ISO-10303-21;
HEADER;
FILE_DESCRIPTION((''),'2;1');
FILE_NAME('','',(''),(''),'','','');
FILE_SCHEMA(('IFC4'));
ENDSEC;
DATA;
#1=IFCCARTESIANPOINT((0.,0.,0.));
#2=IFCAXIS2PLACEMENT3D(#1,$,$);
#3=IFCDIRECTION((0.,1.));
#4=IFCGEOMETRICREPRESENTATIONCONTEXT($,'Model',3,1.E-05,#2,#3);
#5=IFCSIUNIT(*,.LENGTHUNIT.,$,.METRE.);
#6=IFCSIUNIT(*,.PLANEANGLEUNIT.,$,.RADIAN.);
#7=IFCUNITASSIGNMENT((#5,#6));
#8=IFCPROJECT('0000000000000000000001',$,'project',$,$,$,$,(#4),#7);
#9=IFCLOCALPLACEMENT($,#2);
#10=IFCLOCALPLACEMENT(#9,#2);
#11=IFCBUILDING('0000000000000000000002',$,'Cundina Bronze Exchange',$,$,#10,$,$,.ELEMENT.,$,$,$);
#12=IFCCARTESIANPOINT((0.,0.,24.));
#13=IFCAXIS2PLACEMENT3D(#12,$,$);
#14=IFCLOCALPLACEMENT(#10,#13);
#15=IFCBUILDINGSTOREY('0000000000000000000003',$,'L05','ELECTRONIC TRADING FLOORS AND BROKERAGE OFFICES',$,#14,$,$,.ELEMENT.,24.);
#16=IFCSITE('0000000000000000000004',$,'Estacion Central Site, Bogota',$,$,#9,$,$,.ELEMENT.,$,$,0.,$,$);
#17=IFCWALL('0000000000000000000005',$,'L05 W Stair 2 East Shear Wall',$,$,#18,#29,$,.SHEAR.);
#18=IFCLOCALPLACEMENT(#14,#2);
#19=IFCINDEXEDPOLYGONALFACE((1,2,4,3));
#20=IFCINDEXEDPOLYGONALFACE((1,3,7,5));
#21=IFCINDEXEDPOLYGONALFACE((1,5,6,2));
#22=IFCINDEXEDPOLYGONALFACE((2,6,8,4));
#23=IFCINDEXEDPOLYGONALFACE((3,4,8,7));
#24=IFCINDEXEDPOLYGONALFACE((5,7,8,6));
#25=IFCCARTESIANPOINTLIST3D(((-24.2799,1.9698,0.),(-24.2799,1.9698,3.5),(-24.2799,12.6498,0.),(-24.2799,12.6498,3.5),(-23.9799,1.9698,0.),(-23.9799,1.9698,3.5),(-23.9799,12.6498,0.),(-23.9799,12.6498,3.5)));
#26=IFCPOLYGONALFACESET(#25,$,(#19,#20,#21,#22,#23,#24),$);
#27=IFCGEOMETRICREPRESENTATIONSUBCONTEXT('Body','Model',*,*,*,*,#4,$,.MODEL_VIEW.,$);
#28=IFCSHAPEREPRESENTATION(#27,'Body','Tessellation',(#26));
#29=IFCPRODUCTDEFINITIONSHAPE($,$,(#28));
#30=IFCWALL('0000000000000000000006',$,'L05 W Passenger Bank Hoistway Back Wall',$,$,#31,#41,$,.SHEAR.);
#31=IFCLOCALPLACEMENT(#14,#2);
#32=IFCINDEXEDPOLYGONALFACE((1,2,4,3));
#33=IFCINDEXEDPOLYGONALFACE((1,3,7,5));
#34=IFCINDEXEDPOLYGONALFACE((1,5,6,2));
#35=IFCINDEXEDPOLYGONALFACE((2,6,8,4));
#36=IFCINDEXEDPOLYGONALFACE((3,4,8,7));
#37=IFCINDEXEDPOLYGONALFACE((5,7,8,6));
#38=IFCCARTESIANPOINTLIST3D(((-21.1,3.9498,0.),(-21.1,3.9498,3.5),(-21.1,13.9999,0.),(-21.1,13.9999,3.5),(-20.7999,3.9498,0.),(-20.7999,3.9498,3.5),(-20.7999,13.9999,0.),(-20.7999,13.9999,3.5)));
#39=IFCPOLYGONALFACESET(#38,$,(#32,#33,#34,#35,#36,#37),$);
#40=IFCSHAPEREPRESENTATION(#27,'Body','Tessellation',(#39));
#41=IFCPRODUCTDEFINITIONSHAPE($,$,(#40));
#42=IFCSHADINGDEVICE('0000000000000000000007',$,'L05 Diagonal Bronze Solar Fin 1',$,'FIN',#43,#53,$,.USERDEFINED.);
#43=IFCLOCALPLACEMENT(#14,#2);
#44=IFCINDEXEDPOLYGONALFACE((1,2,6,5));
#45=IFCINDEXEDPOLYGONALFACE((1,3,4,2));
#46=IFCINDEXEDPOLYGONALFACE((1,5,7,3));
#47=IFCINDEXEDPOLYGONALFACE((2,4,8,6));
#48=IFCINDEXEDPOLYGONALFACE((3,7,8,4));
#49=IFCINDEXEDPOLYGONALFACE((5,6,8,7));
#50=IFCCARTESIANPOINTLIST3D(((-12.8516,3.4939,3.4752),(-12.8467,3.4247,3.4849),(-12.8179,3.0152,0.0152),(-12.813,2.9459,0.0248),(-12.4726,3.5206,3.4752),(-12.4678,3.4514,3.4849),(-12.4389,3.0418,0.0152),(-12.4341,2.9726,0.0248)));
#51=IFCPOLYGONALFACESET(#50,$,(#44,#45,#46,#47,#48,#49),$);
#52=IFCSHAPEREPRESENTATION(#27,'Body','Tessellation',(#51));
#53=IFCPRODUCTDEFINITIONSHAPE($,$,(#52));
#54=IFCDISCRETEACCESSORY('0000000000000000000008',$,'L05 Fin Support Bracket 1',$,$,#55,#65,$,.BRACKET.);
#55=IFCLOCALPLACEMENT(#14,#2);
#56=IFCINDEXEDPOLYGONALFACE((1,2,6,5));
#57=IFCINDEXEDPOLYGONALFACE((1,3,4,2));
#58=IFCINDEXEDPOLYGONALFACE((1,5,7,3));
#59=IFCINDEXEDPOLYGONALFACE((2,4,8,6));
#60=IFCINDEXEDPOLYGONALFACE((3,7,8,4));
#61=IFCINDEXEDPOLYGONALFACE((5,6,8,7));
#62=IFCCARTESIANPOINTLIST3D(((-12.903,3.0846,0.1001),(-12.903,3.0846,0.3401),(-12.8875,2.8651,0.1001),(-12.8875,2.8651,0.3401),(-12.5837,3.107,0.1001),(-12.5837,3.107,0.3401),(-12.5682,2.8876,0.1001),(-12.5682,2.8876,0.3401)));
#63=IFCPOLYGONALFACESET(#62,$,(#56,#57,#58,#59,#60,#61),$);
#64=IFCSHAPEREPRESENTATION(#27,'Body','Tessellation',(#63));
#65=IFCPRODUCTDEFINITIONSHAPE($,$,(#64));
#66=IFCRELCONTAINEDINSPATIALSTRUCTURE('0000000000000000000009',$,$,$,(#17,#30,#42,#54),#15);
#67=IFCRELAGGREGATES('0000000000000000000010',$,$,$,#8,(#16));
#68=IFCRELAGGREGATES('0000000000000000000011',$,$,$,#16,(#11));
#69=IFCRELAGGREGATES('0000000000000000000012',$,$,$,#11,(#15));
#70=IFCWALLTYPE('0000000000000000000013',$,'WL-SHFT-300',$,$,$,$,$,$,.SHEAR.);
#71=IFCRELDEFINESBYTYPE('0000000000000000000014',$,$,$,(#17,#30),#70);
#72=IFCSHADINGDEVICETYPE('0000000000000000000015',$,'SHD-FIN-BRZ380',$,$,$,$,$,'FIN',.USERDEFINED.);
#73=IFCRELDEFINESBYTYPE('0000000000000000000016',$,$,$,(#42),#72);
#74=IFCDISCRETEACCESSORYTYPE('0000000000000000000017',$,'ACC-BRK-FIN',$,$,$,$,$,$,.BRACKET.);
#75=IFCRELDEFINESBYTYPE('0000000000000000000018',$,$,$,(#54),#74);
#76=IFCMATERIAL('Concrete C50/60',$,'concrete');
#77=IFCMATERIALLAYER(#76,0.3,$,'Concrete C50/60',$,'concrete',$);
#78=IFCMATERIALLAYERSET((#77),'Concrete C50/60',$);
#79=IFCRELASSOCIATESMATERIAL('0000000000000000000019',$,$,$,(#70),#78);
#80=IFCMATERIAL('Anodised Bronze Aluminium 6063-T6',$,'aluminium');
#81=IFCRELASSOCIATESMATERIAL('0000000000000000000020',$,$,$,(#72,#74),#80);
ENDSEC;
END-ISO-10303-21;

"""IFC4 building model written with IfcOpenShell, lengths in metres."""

from ifc_helpers import new_model, si_unit, direction, frame, frame_2d, origin, origin_2d, place, context, subcontext, project, spatial, rectangle, extrude, material, layer, layer_set, material_profile, profile_set, type_object, element, save


model = new_model("IFC4")

# Units and contexts
model_context = context("Model", 3, precision=1e-05, world=origin(), true_north=direction((0.0, 1.0)))
body_context = subcontext(model_context, "Body", "Model", "MODEL_VIEW")
ifc_project = project(units=[si_unit("LENGTHUNIT", "METRE"), si_unit("PLANEANGLEUNIT", "RADIAN")], contexts=[model_context])

# Site, building, storey
site_placement = place(None, origin())
site = spatial("IfcSite", under=ifc_project, at=site_placement, Name="Estacion Central Site, Bogota", CompositionType="ELEMENT", RefElevation=0.0)
building_placement = place(site_placement, origin())
building = spatial("IfcBuilding", under=site, at=building_placement, Name="Cundina Bronze Exchange", CompositionType="ELEMENT")
storey_placement = place(building_placement, frame((0.0, 0.0, 24.0)))
storey = spatial("IfcBuildingStorey", under=building, at=storey_placement, Name="L05", Description="ELECTRONIC TRADING FLOORS AND BROKERAGE OFFICES", CompositionType="ELEMENT", Elevation=24.0)

# Shared definitions
ifc_material_1 = material(Name="Anodised Bronze Aluminium 6063-T6", Category="aluminium")

# Shared definitions
ifc_material_2 = material(Name="Concrete C50/60", Category="concrete")

# Walls
ifc_layer_1 = layer(ifc_material_2, 0.3, Name="Concrete C50/60", Category="concrete")
ifc_layer_set_1 = layer_set([ifc_layer_1], Name="Concrete C50/60")
wall_type_1 = type_object("IfcWallType", Name="WL-SHFT-300", PredefinedType="SHEAR", material=ifc_layer_set_1)
for number, where, z_axis, x_axis, name in (
    (1, (-24.1299, 1.97, 0.0), (0.0, 0.0, 1.0), (0.0, 1.0, 0.0), "L05 W Stair 2 East Shear Wall"),
):
    element("IfcWall", number, at=place(storey_placement, frame(where, z_axis=z_axis, x_axis=x_axis)), inside=storey, type_object=wall_type_1, Name=name, PredefinedType="SHEAR", context=body_context, shape_type="SweptSolid", body=[
        extrude(rectangle(XDim=10.6799, YDim=0.3, at=frame_2d((5.3398, 0.0))), origin(), (0.0, 0.0, 1.0), 3.5),
    ])
wall_1_placement = place(storey_placement, frame((-20.95, 3.95, 0.0), z_axis=(0.0, 0.0, 1.0), x_axis=(0.0, 1.0, 0.0)))
element("IfcWall", 2, at=wall_1_placement, inside=storey, type_object=wall_type_1, Name="L05 W Passenger Bank Hoistway Back Wall", PredefinedType="SHEAR", context=body_context, shape_type="SweptSolid", body=[
    extrude(rectangle(XDim=10.05, YDim=0.3, at=frame_2d((5.0249, 0.0))), origin(), (0.0, 0.0, 1.0), 3.5),
])

# Shading device
ifc_material_profile_1 = material_profile(ifc_material_1, rectangle(XDim=0.0701, YDim=0.3799, at=origin_2d()), Name="FIN70X380", Category="aluminium")
ifc_profile_set_1 = profile_set([ifc_material_profile_1], Name="Anodised Bronze Aluminium 6063-T6")
shading_device_type = type_object("IfcShadingDeviceType", Name="SHD-FIN-BRZ380", ElementType="FIN", PredefinedType="USERDEFINED", material=ifc_profile_set_1)
shading_device_placement = place(storey_placement, frame((-12.626, 2.9939, 0.02), z_axis=(-0.009645, 0.137059, 0.990516), x_axis=(0.069533, -0.988072, 0.137398)))
element("IfcShadingDevice", 3, at=shading_device_placement, inside=storey, type_object=shading_device_type, Name="L05 Diagonal Bronze Solar Fin 1", ObjectType="FIN", PredefinedType="USERDEFINED", context=body_context, shape_type="SweptSolid", body=[
    extrude(rectangle(XDim=0.0701, YDim=0.3799, at=origin_2d()), origin(), (0.0, 0.0, 1.0), 3.4932),
])

# Discrete accessory
discrete_accessory_type = type_object("IfcDiscreteAccessoryType", Name="ACC-BRK-FIN", PredefinedType="BRACKET", material=ifc_material_1)
discrete_accessory_placement = place(storey_placement, frame((-12.7356, 2.9861, 0.1001), z_axis=(0.0, 0.0, 1.0), x_axis=(-0.070279, 0.997527, 0.0)))
element("IfcDiscreteAccessory", 4, at=discrete_accessory_placement, inside=storey, type_object=discrete_accessory_type, Name="L05 Fin Support Bracket 1", PredefinedType="BRACKET", context=body_context, shape_type="SweptSolid", body=[
    extrude(rectangle(XDim=0.22, YDim=0.3201, at=origin_2d()), origin(), (0.0, 0.0, 1.0), 0.24),
])

save(model, "model.ifc")
